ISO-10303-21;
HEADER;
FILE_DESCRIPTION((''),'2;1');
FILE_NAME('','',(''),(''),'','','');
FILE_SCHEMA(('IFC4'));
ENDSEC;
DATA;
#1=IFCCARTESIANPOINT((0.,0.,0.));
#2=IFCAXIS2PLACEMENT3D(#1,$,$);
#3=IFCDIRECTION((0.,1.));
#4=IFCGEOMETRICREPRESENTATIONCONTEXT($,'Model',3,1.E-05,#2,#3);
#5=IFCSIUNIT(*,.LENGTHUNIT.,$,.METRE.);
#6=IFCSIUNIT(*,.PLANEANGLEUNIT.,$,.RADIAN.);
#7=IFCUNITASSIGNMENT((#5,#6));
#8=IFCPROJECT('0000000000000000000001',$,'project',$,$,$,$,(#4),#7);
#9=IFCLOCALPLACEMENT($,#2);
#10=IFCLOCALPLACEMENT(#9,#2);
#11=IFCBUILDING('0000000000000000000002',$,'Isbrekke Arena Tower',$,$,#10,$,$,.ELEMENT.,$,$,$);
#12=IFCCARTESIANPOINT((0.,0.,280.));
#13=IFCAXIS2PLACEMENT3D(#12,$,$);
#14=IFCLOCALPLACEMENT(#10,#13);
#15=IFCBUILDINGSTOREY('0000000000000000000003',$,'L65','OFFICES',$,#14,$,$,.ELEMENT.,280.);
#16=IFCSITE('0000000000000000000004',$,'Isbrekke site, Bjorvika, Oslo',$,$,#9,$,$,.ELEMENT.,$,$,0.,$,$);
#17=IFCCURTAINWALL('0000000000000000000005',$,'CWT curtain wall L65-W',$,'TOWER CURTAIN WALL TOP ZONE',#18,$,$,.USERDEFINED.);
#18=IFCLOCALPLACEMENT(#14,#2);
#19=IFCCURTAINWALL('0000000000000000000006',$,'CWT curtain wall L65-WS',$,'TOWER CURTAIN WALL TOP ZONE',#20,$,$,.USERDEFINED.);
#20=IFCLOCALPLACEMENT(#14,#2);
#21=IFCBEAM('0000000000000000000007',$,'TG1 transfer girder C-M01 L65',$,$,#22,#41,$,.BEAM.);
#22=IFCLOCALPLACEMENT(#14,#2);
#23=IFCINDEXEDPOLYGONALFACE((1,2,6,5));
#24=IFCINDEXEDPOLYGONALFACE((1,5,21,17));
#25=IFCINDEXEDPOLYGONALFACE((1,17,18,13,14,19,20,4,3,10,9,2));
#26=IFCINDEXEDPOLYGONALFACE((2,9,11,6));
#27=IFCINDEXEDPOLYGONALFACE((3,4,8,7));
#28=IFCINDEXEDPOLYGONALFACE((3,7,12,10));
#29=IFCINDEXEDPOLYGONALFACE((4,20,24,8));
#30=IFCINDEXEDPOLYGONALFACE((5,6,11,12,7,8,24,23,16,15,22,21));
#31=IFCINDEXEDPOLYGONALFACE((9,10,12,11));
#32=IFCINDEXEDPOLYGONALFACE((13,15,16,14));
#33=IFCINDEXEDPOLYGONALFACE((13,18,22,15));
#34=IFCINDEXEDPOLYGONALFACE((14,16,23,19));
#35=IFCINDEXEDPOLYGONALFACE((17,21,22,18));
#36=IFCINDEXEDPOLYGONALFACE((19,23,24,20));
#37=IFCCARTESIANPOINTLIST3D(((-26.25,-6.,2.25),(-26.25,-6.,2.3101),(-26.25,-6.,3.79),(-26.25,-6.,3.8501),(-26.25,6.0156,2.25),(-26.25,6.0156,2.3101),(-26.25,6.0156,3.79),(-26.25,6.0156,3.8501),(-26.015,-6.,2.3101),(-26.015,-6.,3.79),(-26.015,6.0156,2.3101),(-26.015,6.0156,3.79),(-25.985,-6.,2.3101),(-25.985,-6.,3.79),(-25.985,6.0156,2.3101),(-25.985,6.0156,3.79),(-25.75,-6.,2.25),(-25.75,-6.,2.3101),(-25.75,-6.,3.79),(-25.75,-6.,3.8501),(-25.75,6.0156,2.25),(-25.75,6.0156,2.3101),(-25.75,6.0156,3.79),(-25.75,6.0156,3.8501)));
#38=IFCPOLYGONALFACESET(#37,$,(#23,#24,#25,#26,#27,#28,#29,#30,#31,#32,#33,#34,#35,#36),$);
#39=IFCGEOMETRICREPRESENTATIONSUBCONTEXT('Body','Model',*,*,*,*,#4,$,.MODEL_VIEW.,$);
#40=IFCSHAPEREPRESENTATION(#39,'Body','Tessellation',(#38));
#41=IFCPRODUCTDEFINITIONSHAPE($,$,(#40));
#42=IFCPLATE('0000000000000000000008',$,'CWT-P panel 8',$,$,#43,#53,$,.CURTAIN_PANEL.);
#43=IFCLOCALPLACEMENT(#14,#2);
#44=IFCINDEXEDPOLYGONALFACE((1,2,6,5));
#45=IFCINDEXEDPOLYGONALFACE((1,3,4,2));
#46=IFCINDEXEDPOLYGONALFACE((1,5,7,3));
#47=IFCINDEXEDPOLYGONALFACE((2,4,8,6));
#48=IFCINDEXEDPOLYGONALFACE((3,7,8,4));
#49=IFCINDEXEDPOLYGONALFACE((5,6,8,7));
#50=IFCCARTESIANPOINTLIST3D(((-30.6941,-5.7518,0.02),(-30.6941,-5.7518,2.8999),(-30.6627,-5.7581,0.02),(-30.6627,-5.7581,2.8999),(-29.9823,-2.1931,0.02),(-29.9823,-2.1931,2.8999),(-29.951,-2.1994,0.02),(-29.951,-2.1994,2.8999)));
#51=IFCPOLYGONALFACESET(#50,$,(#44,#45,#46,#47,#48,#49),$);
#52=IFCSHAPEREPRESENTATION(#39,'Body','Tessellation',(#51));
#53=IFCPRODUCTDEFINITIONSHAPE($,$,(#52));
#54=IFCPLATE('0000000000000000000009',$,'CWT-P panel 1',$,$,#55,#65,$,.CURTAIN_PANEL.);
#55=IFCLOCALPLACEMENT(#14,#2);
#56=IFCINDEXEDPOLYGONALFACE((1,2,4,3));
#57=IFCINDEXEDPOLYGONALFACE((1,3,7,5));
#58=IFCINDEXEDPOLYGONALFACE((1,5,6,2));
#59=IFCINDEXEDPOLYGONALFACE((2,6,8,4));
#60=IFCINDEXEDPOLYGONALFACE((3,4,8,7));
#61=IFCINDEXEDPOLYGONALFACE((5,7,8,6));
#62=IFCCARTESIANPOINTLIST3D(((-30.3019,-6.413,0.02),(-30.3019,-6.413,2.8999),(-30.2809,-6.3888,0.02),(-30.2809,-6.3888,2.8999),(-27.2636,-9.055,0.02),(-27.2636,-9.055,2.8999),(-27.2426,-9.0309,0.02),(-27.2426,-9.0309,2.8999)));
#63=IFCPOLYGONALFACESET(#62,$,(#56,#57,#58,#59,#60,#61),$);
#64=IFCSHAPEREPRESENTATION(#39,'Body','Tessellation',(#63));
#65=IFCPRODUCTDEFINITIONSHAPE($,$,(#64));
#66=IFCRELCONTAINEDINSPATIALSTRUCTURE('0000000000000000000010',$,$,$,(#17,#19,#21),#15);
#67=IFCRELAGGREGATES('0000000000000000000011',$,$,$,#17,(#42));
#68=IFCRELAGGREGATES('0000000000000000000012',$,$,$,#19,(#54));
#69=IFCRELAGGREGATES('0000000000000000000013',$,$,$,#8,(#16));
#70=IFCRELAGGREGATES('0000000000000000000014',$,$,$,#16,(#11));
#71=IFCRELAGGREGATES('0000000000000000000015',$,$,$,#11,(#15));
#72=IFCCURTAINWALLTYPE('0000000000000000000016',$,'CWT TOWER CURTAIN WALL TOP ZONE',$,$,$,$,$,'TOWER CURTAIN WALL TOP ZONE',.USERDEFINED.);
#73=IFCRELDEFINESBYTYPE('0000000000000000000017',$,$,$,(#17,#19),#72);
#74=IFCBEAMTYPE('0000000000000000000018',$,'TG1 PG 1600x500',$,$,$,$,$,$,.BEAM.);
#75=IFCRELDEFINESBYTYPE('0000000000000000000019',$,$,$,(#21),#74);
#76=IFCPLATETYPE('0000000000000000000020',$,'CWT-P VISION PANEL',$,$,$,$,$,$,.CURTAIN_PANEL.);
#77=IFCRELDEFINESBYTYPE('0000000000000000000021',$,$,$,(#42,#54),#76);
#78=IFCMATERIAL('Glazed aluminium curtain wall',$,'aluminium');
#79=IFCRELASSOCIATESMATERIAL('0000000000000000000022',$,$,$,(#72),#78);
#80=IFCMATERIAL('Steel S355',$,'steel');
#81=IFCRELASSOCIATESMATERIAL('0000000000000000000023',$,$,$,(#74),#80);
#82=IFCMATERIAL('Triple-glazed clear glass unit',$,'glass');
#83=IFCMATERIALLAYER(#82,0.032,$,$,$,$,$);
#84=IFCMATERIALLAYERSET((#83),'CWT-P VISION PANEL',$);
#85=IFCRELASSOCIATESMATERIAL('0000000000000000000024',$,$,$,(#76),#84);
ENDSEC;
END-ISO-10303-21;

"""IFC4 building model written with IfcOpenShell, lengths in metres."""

from ifc_helpers import new_model, si_unit, direction, frame, origin, origin_2d, place, context, subcontext, project, spatial, rectangle, i_section, extrude, material, layer, layer_set, material_profile, profile_set, type_object, element, aggregate, save


model = new_model("IFC4")

# Units and contexts
model_context = context("Model", 3, precision=1e-05, world=origin(), true_north=direction((0.0, 1.0)))
body_context = subcontext(model_context, "Body", "Model", "MODEL_VIEW")
ifc_project = project(units=[si_unit("LENGTHUNIT", "METRE"), si_unit("PLANEANGLEUNIT", "RADIAN")], contexts=[model_context])

# Site, building, storey
site_placement = place(None, origin())
site = spatial("IfcSite", under=ifc_project, at=site_placement, Name="Isbrekke site, Bjorvika, Oslo", CompositionType="ELEMENT", RefElevation=0.0)
building_placement = place(site_placement, origin())
building = spatial("IfcBuilding", under=site, at=building_placement, Name="Isbrekke Arena Tower", CompositionType="ELEMENT")
storey_placement = place(building_placement, frame((0.0, 0.0, 280.0)))
storey = spatial("IfcBuildingStorey", under=building, at=storey_placement, Name="L65", Description="OFFICES", CompositionType="ELEMENT", Elevation=280.0)

# Curtain wall
ifc_material_1 = material(Name="Glazed aluminium curtain wall", Category="aluminium")
curtain_wall_type = type_object("IfcCurtainWallType", Name="CWT TOWER CURTAIN WALL TOP ZONE", ElementType="TOWER CURTAIN WALL TOP ZONE", PredefinedType="USERDEFINED", material=ifc_material_1)
curtain_wall_1_placement = place(storey_placement, origin())
curtain_wall_1 = element("IfcCurtainWall", 1, at=curtain_wall_1_placement, inside=storey, type_object=curtain_wall_type, Name="CWT curtain wall L65-W", ObjectType="TOWER CURTAIN WALL TOP ZONE", PredefinedType="USERDEFINED")

# Curtain wall
curtain_wall_2_placement = place(storey_placement, origin())
curtain_wall_2 = element("IfcCurtainWall", 2, at=curtain_wall_2_placement, inside=storey, type_object=curtain_wall_type, Name="CWT curtain wall L65-WS", ObjectType="TOWER CURTAIN WALL TOP ZONE", PredefinedType="USERDEFINED")

# Beam
ifc_material_2 = material(Name="Steel S355", Category="steel")
ifc_material_profile_1 = material_profile(ifc_material_2, i_section(OverallWidth=0.5, OverallDepth=1.6001, WebThickness=0.03, FlangeThickness=0.0601, at=origin_2d()), Name="PG 1600x500")
ifc_profile_set_1 = profile_set([ifc_material_profile_1], Name="Steel S355")
beam_type_1 = type_object("IfcBeamType", Name="TG1 PG 1600x500", PredefinedType="BEAM", material=ifc_profile_set_1)
beam_1_placement = place(storey_placement, frame((-26.0, -6.0, 3.05), z_axis=(0.0, 1.0, 0.0), x_axis=(-1.0, 0.0, 0.0)))
element("IfcBeam", 3, at=beam_1_placement, inside=storey, type_object=beam_type_1, Name="TG1 transfer girder C-M01 L65", PredefinedType="BEAM", context=body_context, shape_type="SweptSolid", body=[
    extrude(i_section(OverallWidth=0.5, OverallDepth=1.6001, WebThickness=0.03, FlangeThickness=0.0601, at=origin_2d()), origin(), (0.0, 0.0, 1.0), 12.0156),
])

# Plates
ifc_material_3 = material(Name="Triple-glazed clear glass unit", Category="glass")
ifc_layer_1 = layer(ifc_material_3, 0.032)
ifc_layer_set_1 = layer_set([ifc_layer_1], Name="CWT-P VISION PANEL")
plate_type = type_object("IfcPlateType", Name="CWT-P VISION PANEL", PredefinedType="CURTAIN_PANEL", material=ifc_layer_set_1)
plate_1_placement = place(storey_placement, frame((-30.3225, -3.9756, 0.02), z_axis=(0.0, 0.0, 1.0), x_axis=(-0.196116, -0.980581, 0.0)))
plate_1 = element("IfcPlate", 4, at=plate_1_placement, type_object=plate_type, Name="CWT-P panel 8", PredefinedType="CURTAIN_PANEL", context=body_context, shape_type="SweptSolid", body=[
    extrude(rectangle(XDim=3.6292, YDim=0.032, at=origin_2d()), origin(), (0.0, 0.0, 1.0), 2.8799),
])
aggregate(curtain_wall_1, [plate_1])
plate_2_placement = place(storey_placement, frame((-28.7722, -7.7219, 0.02), z_axis=(0.0, 0.0, 1.0), x_axis=(0.754606, -0.656179, 0.0)))
plate_2 = element("IfcPlate", 5, at=plate_2_placement, type_object=plate_type, Name="CWT-P panel 1", PredefinedType="CURTAIN_PANEL", context=body_context, shape_type="SweptSolid", body=[
    extrude(rectangle(XDim=4.0264, YDim=0.032, at=origin_2d()), origin(), (0.0, 0.0, 1.0), 2.8799),
])
aggregate(curtain_wall_2, [plate_2])

save(model, "model.ifc")
